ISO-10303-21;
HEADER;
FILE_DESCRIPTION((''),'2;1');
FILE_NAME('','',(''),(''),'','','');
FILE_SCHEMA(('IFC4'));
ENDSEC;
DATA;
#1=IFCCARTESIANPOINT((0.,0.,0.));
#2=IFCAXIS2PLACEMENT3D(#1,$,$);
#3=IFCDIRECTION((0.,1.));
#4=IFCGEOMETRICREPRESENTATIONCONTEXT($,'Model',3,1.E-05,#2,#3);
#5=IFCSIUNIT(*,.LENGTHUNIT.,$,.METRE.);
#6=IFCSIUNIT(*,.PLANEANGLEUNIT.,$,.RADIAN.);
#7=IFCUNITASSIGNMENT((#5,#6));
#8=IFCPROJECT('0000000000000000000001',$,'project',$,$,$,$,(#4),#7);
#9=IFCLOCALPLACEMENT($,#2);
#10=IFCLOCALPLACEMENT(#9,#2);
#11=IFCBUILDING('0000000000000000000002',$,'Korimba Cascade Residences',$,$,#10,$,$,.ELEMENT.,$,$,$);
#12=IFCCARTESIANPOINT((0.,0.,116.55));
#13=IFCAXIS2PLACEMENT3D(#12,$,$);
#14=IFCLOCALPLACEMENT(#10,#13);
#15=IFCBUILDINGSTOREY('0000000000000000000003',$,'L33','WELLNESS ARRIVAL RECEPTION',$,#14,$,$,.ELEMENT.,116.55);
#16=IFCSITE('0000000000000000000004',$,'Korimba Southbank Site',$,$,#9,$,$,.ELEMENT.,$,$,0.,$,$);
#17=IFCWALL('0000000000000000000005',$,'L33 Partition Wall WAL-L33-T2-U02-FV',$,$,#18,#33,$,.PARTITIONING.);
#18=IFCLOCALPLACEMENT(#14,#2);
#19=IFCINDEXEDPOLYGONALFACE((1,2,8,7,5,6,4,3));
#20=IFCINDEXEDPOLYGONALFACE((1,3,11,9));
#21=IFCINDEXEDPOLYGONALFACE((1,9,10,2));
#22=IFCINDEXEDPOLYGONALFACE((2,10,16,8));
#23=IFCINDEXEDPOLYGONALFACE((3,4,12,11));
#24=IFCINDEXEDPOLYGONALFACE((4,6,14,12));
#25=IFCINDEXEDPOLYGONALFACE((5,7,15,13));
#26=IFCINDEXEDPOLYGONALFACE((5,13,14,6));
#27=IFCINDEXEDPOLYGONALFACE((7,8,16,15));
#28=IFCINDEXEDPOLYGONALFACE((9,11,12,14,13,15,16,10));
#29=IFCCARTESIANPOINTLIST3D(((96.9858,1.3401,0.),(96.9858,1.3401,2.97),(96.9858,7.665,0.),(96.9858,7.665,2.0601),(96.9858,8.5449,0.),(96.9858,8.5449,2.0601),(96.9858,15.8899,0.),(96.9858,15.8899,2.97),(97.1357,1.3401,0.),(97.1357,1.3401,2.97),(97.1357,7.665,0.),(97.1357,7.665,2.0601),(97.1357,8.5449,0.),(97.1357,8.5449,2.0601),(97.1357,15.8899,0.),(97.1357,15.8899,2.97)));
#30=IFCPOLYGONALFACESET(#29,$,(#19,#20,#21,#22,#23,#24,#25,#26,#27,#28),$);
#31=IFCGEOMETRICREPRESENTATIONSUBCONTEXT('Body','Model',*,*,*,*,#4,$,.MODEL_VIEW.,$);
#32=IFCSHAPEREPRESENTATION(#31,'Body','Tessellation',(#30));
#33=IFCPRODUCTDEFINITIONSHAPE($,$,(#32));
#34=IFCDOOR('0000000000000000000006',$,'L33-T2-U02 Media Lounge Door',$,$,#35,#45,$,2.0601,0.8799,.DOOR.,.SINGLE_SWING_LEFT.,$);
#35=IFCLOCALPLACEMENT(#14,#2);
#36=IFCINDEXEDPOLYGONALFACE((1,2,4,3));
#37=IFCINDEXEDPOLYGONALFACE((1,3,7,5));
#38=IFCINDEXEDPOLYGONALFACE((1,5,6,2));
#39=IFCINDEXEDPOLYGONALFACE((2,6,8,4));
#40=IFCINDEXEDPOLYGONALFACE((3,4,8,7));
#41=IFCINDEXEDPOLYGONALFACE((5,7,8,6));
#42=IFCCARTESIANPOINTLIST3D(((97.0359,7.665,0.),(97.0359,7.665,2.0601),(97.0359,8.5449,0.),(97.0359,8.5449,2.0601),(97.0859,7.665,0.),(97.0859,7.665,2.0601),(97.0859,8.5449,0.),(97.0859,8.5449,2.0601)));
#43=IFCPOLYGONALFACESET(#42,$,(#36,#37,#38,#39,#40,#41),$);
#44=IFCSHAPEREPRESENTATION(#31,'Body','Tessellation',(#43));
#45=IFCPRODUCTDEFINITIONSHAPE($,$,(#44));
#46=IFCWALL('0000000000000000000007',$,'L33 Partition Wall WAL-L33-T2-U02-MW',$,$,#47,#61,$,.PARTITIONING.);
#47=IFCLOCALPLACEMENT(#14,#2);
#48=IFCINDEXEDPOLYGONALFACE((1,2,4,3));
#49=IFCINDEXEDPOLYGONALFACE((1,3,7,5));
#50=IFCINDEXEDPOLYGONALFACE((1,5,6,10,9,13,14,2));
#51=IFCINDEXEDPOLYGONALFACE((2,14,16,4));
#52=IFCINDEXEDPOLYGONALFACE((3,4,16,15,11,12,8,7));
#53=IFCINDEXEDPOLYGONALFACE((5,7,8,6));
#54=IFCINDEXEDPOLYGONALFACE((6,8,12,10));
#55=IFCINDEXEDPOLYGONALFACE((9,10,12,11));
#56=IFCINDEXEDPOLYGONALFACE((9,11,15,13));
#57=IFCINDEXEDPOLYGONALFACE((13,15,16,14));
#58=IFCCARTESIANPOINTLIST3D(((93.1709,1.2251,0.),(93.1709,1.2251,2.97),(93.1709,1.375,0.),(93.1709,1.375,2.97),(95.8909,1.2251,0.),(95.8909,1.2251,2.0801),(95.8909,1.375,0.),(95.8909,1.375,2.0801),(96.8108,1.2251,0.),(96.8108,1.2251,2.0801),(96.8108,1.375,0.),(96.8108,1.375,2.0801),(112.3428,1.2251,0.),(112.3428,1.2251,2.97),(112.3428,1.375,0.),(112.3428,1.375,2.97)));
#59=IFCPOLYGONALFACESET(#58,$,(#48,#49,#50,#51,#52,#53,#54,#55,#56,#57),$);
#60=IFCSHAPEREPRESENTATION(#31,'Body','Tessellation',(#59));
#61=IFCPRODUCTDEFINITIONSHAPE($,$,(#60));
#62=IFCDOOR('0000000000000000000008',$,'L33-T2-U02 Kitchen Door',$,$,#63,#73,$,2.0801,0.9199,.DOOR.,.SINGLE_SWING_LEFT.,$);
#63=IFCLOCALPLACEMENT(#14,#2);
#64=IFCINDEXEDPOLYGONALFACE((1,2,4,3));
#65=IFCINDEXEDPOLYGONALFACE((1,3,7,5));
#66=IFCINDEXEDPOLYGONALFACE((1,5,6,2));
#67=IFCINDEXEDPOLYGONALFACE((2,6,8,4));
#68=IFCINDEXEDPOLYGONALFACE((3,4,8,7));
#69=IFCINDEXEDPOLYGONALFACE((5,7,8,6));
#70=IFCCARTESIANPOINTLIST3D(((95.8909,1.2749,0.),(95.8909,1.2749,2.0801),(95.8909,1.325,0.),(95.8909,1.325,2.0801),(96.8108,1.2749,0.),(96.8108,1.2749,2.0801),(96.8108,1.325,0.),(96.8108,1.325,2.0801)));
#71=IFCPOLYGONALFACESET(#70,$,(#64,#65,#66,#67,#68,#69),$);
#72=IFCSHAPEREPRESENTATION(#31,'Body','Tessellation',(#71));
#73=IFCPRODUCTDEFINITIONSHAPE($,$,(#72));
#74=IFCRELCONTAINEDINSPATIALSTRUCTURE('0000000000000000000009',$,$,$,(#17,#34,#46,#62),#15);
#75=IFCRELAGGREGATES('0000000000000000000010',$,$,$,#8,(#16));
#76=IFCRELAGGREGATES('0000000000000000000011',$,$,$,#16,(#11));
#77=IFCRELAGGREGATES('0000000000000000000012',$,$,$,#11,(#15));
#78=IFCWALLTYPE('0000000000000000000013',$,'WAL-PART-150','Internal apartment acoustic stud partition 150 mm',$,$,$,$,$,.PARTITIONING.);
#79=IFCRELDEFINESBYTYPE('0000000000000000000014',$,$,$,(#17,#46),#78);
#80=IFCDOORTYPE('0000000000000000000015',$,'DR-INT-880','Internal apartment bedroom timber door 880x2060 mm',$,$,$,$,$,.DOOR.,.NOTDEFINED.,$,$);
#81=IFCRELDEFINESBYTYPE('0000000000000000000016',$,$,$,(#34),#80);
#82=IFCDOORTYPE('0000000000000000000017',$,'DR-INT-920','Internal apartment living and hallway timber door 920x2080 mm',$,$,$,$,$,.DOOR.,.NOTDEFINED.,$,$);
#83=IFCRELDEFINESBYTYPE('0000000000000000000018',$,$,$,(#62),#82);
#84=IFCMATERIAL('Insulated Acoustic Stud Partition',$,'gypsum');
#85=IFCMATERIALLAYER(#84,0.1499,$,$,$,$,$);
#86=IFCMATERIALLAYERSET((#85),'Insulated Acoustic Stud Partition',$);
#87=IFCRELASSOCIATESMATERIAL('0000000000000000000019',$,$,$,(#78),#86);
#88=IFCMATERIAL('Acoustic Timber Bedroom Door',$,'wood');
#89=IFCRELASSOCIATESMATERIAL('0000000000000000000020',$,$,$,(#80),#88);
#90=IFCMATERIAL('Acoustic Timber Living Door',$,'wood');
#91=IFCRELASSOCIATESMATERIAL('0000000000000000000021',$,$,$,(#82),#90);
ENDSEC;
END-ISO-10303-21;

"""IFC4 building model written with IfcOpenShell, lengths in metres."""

from ifc_helpers import new_model, si_unit, direction, frame, frame_2d, origin, place, context, subcontext, project, spatial, rectangle, extrude, material, layer, layer_set, type_object, element, fill, save


model = new_model("IFC4")

# Units and contexts
model_context = context("Model", 3, precision=1e-05, world=origin(), true_north=direction((0.0, 1.0)))
body_context = subcontext(model_context, "Body", "Model", "MODEL_VIEW")
ifc_project = project(units=[si_unit("LENGTHUNIT", "METRE"), si_unit("PLANEANGLEUNIT", "RADIAN")], contexts=[model_context])

# Site, building, storey
site_placement = place(None, origin())
site = spatial("IfcSite", under=ifc_project, at=site_placement, Name="Korimba Southbank Site", CompositionType="ELEMENT", RefElevation=0.0)
building_placement = place(site_placement, origin())
building = spatial("IfcBuilding", under=site, at=building_placement, Name="Korimba Cascade Residences", CompositionType="ELEMENT")
storey_placement = place(building_placement, frame((0.0, 0.0, 116.55)))
storey = spatial("IfcBuildingStorey", under=building, at=storey_placement, Name="L33", Description="WELLNESS ARRIVAL RECEPTION", CompositionType="ELEMENT", Elevation=116.55)

# Shared definitions
ifc_material_1 = material(Name="Insulated Acoustic Stud Partition", Category="gypsum")
ifc_layer_1 = layer(ifc_material_1, 0.1499)
ifc_layer_set_1 = layer_set([ifc_layer_1], Name="Insulated Acoustic Stud Partition")
wall_type_1 = type_object("IfcWallType", Name="WAL-PART-150", Description="Internal apartment acoustic stud partition 150 mm", PredefinedType="PARTITIONING", material=ifc_layer_set_1)

# Walls, openings, doors
ifc_material_2 = material(Name="Acoustic Timber Bedroom Door", Category="wood")
door_type_1 = type_object("IfcDoorType", Name="DR-INT-880", Description="Internal apartment bedroom timber door 880x2060 mm", OperationType="NOTDEFINED", PredefinedType="DOOR", material=ifc_material_2)
wall_1_placement = place(storey_placement, frame((97.0608, 1.3401, 0.0), z_axis=(0.0, 0.0, 1.0), x_axis=(0.0, 1.0, 0.0)))
wall_1 = element("IfcWall", 1, at=wall_1_placement, inside=storey, type_object=wall_type_1, Name="L33 Partition Wall WAL-L33-T2-U02-FV", PredefinedType="PARTITIONING", context=body_context, shape_type="SweptSolid", body=[
    extrude(rectangle(XDim=14.5498, YDim=0.1499, at=frame_2d((7.2749, 0.0))), origin(), (0.0, 0.0, 1.0), 2.97),
])
opening_1_placement = place(wall_1_placement, frame((6.325, 0.0, 0.0)))
opening_1 = element("IfcOpeningElement", 2, at=opening_1_placement, cuts=wall_1, PredefinedType="OPENING", context=body_context, shape_type="SweptSolid", body=[
    extrude(rectangle(XDim=0.8799, YDim=2.0601, at=frame_2d((0.4399, 1.03))), frame((0.0, 0.085, 0.0), z_axis=(0.0, -1.0, 0.0), x_axis=(1.0, 0.0, 0.0)), (0.0, 0.0, 1.0), 0.1699),
])
door_1_placement = place(opening_1_placement, origin())
door_1 = element("IfcDoor", 3, at=door_1_placement, inside=storey, type_object=door_type_1, Name="L33-T2-U02 Media Lounge Door", OperationType="SINGLE_SWING_LEFT", OverallHeight=2.0601, OverallWidth=0.8799, PredefinedType="DOOR", context=body_context, shape_type="SweptSolid", body=[
    extrude(rectangle(XDim=0.8799, YDim=2.0601, at=frame_2d((0.4399, 1.03))), frame((0.0, 0.0249, 0.0), z_axis=(0.0, -1.0, 0.0), x_axis=(1.0, 0.0, 0.0)), (0.0, 0.0, 1.0), 0.05),
])
fill(opening_1, door_1)
wall_2_placement = place(storey_placement, frame((93.1709, 1.3, 0.0), z_axis=(0.0, 0.0, 1.0), x_axis=(1.0, 0.0, 0.0)))
wall_2 = element("IfcWall", 4, at=wall_2_placement, inside=storey, type_object=wall_type_1, Name="L33 Partition Wall WAL-L33-T2-U02-MW", PredefinedType="PARTITIONING", context=body_context, shape_type="SweptSolid", body=[
    extrude(rectangle(XDim=19.1719, YDim=0.1499, at=frame_2d((9.5859, 0.0))), origin(), (0.0, 0.0, 1.0), 2.97),
])
opening_2_placement = place(wall_2_placement, frame((2.72, 0.0, 0.0)))
opening_2 = element("IfcOpeningElement", 5, at=opening_2_placement, cuts=wall_2, PredefinedType="OPENING", context=body_context, shape_type="SweptSolid", body=[
    extrude(rectangle(XDim=0.9199, YDim=2.0801, at=frame_2d((0.46, 1.04))), frame((0.0, 0.085, 0.0), z_axis=(0.0, -1.0, 0.0), x_axis=(1.0, 0.0, 0.0)), (0.0, 0.0, 1.0), 0.1699),
])
ifc_material_3 = material(Name="Acoustic Timber Living Door", Category="wood")
door_type_2 = type_object("IfcDoorType", Name="DR-INT-920", Description="Internal apartment living and hallway timber door 920x2080 mm", OperationType="NOTDEFINED", PredefinedType="DOOR", material=ifc_material_3)
door_2_placement = place(opening_2_placement, origin())
door_2 = element("IfcDoor", 6, at=door_2_placement, inside=storey, type_object=door_type_2, Name="L33-T2-U02 Kitchen Door", OperationType="SINGLE_SWING_LEFT", OverallHeight=2.0801, OverallWidth=0.9199, PredefinedType="DOOR", context=body_context, shape_type="SweptSolid", body=[
    extrude(rectangle(XDim=0.9199, YDim=2.0801, at=frame_2d((0.46, 1.04))), frame((0.0, 0.0249, 0.0), z_axis=(0.0, -1.0, 0.0), x_axis=(1.0, 0.0, 0.0)), (0.0, 0.0, 1.0), 0.05),
])
fill(opening_2, door_2)

save(model, "model.ifc")
